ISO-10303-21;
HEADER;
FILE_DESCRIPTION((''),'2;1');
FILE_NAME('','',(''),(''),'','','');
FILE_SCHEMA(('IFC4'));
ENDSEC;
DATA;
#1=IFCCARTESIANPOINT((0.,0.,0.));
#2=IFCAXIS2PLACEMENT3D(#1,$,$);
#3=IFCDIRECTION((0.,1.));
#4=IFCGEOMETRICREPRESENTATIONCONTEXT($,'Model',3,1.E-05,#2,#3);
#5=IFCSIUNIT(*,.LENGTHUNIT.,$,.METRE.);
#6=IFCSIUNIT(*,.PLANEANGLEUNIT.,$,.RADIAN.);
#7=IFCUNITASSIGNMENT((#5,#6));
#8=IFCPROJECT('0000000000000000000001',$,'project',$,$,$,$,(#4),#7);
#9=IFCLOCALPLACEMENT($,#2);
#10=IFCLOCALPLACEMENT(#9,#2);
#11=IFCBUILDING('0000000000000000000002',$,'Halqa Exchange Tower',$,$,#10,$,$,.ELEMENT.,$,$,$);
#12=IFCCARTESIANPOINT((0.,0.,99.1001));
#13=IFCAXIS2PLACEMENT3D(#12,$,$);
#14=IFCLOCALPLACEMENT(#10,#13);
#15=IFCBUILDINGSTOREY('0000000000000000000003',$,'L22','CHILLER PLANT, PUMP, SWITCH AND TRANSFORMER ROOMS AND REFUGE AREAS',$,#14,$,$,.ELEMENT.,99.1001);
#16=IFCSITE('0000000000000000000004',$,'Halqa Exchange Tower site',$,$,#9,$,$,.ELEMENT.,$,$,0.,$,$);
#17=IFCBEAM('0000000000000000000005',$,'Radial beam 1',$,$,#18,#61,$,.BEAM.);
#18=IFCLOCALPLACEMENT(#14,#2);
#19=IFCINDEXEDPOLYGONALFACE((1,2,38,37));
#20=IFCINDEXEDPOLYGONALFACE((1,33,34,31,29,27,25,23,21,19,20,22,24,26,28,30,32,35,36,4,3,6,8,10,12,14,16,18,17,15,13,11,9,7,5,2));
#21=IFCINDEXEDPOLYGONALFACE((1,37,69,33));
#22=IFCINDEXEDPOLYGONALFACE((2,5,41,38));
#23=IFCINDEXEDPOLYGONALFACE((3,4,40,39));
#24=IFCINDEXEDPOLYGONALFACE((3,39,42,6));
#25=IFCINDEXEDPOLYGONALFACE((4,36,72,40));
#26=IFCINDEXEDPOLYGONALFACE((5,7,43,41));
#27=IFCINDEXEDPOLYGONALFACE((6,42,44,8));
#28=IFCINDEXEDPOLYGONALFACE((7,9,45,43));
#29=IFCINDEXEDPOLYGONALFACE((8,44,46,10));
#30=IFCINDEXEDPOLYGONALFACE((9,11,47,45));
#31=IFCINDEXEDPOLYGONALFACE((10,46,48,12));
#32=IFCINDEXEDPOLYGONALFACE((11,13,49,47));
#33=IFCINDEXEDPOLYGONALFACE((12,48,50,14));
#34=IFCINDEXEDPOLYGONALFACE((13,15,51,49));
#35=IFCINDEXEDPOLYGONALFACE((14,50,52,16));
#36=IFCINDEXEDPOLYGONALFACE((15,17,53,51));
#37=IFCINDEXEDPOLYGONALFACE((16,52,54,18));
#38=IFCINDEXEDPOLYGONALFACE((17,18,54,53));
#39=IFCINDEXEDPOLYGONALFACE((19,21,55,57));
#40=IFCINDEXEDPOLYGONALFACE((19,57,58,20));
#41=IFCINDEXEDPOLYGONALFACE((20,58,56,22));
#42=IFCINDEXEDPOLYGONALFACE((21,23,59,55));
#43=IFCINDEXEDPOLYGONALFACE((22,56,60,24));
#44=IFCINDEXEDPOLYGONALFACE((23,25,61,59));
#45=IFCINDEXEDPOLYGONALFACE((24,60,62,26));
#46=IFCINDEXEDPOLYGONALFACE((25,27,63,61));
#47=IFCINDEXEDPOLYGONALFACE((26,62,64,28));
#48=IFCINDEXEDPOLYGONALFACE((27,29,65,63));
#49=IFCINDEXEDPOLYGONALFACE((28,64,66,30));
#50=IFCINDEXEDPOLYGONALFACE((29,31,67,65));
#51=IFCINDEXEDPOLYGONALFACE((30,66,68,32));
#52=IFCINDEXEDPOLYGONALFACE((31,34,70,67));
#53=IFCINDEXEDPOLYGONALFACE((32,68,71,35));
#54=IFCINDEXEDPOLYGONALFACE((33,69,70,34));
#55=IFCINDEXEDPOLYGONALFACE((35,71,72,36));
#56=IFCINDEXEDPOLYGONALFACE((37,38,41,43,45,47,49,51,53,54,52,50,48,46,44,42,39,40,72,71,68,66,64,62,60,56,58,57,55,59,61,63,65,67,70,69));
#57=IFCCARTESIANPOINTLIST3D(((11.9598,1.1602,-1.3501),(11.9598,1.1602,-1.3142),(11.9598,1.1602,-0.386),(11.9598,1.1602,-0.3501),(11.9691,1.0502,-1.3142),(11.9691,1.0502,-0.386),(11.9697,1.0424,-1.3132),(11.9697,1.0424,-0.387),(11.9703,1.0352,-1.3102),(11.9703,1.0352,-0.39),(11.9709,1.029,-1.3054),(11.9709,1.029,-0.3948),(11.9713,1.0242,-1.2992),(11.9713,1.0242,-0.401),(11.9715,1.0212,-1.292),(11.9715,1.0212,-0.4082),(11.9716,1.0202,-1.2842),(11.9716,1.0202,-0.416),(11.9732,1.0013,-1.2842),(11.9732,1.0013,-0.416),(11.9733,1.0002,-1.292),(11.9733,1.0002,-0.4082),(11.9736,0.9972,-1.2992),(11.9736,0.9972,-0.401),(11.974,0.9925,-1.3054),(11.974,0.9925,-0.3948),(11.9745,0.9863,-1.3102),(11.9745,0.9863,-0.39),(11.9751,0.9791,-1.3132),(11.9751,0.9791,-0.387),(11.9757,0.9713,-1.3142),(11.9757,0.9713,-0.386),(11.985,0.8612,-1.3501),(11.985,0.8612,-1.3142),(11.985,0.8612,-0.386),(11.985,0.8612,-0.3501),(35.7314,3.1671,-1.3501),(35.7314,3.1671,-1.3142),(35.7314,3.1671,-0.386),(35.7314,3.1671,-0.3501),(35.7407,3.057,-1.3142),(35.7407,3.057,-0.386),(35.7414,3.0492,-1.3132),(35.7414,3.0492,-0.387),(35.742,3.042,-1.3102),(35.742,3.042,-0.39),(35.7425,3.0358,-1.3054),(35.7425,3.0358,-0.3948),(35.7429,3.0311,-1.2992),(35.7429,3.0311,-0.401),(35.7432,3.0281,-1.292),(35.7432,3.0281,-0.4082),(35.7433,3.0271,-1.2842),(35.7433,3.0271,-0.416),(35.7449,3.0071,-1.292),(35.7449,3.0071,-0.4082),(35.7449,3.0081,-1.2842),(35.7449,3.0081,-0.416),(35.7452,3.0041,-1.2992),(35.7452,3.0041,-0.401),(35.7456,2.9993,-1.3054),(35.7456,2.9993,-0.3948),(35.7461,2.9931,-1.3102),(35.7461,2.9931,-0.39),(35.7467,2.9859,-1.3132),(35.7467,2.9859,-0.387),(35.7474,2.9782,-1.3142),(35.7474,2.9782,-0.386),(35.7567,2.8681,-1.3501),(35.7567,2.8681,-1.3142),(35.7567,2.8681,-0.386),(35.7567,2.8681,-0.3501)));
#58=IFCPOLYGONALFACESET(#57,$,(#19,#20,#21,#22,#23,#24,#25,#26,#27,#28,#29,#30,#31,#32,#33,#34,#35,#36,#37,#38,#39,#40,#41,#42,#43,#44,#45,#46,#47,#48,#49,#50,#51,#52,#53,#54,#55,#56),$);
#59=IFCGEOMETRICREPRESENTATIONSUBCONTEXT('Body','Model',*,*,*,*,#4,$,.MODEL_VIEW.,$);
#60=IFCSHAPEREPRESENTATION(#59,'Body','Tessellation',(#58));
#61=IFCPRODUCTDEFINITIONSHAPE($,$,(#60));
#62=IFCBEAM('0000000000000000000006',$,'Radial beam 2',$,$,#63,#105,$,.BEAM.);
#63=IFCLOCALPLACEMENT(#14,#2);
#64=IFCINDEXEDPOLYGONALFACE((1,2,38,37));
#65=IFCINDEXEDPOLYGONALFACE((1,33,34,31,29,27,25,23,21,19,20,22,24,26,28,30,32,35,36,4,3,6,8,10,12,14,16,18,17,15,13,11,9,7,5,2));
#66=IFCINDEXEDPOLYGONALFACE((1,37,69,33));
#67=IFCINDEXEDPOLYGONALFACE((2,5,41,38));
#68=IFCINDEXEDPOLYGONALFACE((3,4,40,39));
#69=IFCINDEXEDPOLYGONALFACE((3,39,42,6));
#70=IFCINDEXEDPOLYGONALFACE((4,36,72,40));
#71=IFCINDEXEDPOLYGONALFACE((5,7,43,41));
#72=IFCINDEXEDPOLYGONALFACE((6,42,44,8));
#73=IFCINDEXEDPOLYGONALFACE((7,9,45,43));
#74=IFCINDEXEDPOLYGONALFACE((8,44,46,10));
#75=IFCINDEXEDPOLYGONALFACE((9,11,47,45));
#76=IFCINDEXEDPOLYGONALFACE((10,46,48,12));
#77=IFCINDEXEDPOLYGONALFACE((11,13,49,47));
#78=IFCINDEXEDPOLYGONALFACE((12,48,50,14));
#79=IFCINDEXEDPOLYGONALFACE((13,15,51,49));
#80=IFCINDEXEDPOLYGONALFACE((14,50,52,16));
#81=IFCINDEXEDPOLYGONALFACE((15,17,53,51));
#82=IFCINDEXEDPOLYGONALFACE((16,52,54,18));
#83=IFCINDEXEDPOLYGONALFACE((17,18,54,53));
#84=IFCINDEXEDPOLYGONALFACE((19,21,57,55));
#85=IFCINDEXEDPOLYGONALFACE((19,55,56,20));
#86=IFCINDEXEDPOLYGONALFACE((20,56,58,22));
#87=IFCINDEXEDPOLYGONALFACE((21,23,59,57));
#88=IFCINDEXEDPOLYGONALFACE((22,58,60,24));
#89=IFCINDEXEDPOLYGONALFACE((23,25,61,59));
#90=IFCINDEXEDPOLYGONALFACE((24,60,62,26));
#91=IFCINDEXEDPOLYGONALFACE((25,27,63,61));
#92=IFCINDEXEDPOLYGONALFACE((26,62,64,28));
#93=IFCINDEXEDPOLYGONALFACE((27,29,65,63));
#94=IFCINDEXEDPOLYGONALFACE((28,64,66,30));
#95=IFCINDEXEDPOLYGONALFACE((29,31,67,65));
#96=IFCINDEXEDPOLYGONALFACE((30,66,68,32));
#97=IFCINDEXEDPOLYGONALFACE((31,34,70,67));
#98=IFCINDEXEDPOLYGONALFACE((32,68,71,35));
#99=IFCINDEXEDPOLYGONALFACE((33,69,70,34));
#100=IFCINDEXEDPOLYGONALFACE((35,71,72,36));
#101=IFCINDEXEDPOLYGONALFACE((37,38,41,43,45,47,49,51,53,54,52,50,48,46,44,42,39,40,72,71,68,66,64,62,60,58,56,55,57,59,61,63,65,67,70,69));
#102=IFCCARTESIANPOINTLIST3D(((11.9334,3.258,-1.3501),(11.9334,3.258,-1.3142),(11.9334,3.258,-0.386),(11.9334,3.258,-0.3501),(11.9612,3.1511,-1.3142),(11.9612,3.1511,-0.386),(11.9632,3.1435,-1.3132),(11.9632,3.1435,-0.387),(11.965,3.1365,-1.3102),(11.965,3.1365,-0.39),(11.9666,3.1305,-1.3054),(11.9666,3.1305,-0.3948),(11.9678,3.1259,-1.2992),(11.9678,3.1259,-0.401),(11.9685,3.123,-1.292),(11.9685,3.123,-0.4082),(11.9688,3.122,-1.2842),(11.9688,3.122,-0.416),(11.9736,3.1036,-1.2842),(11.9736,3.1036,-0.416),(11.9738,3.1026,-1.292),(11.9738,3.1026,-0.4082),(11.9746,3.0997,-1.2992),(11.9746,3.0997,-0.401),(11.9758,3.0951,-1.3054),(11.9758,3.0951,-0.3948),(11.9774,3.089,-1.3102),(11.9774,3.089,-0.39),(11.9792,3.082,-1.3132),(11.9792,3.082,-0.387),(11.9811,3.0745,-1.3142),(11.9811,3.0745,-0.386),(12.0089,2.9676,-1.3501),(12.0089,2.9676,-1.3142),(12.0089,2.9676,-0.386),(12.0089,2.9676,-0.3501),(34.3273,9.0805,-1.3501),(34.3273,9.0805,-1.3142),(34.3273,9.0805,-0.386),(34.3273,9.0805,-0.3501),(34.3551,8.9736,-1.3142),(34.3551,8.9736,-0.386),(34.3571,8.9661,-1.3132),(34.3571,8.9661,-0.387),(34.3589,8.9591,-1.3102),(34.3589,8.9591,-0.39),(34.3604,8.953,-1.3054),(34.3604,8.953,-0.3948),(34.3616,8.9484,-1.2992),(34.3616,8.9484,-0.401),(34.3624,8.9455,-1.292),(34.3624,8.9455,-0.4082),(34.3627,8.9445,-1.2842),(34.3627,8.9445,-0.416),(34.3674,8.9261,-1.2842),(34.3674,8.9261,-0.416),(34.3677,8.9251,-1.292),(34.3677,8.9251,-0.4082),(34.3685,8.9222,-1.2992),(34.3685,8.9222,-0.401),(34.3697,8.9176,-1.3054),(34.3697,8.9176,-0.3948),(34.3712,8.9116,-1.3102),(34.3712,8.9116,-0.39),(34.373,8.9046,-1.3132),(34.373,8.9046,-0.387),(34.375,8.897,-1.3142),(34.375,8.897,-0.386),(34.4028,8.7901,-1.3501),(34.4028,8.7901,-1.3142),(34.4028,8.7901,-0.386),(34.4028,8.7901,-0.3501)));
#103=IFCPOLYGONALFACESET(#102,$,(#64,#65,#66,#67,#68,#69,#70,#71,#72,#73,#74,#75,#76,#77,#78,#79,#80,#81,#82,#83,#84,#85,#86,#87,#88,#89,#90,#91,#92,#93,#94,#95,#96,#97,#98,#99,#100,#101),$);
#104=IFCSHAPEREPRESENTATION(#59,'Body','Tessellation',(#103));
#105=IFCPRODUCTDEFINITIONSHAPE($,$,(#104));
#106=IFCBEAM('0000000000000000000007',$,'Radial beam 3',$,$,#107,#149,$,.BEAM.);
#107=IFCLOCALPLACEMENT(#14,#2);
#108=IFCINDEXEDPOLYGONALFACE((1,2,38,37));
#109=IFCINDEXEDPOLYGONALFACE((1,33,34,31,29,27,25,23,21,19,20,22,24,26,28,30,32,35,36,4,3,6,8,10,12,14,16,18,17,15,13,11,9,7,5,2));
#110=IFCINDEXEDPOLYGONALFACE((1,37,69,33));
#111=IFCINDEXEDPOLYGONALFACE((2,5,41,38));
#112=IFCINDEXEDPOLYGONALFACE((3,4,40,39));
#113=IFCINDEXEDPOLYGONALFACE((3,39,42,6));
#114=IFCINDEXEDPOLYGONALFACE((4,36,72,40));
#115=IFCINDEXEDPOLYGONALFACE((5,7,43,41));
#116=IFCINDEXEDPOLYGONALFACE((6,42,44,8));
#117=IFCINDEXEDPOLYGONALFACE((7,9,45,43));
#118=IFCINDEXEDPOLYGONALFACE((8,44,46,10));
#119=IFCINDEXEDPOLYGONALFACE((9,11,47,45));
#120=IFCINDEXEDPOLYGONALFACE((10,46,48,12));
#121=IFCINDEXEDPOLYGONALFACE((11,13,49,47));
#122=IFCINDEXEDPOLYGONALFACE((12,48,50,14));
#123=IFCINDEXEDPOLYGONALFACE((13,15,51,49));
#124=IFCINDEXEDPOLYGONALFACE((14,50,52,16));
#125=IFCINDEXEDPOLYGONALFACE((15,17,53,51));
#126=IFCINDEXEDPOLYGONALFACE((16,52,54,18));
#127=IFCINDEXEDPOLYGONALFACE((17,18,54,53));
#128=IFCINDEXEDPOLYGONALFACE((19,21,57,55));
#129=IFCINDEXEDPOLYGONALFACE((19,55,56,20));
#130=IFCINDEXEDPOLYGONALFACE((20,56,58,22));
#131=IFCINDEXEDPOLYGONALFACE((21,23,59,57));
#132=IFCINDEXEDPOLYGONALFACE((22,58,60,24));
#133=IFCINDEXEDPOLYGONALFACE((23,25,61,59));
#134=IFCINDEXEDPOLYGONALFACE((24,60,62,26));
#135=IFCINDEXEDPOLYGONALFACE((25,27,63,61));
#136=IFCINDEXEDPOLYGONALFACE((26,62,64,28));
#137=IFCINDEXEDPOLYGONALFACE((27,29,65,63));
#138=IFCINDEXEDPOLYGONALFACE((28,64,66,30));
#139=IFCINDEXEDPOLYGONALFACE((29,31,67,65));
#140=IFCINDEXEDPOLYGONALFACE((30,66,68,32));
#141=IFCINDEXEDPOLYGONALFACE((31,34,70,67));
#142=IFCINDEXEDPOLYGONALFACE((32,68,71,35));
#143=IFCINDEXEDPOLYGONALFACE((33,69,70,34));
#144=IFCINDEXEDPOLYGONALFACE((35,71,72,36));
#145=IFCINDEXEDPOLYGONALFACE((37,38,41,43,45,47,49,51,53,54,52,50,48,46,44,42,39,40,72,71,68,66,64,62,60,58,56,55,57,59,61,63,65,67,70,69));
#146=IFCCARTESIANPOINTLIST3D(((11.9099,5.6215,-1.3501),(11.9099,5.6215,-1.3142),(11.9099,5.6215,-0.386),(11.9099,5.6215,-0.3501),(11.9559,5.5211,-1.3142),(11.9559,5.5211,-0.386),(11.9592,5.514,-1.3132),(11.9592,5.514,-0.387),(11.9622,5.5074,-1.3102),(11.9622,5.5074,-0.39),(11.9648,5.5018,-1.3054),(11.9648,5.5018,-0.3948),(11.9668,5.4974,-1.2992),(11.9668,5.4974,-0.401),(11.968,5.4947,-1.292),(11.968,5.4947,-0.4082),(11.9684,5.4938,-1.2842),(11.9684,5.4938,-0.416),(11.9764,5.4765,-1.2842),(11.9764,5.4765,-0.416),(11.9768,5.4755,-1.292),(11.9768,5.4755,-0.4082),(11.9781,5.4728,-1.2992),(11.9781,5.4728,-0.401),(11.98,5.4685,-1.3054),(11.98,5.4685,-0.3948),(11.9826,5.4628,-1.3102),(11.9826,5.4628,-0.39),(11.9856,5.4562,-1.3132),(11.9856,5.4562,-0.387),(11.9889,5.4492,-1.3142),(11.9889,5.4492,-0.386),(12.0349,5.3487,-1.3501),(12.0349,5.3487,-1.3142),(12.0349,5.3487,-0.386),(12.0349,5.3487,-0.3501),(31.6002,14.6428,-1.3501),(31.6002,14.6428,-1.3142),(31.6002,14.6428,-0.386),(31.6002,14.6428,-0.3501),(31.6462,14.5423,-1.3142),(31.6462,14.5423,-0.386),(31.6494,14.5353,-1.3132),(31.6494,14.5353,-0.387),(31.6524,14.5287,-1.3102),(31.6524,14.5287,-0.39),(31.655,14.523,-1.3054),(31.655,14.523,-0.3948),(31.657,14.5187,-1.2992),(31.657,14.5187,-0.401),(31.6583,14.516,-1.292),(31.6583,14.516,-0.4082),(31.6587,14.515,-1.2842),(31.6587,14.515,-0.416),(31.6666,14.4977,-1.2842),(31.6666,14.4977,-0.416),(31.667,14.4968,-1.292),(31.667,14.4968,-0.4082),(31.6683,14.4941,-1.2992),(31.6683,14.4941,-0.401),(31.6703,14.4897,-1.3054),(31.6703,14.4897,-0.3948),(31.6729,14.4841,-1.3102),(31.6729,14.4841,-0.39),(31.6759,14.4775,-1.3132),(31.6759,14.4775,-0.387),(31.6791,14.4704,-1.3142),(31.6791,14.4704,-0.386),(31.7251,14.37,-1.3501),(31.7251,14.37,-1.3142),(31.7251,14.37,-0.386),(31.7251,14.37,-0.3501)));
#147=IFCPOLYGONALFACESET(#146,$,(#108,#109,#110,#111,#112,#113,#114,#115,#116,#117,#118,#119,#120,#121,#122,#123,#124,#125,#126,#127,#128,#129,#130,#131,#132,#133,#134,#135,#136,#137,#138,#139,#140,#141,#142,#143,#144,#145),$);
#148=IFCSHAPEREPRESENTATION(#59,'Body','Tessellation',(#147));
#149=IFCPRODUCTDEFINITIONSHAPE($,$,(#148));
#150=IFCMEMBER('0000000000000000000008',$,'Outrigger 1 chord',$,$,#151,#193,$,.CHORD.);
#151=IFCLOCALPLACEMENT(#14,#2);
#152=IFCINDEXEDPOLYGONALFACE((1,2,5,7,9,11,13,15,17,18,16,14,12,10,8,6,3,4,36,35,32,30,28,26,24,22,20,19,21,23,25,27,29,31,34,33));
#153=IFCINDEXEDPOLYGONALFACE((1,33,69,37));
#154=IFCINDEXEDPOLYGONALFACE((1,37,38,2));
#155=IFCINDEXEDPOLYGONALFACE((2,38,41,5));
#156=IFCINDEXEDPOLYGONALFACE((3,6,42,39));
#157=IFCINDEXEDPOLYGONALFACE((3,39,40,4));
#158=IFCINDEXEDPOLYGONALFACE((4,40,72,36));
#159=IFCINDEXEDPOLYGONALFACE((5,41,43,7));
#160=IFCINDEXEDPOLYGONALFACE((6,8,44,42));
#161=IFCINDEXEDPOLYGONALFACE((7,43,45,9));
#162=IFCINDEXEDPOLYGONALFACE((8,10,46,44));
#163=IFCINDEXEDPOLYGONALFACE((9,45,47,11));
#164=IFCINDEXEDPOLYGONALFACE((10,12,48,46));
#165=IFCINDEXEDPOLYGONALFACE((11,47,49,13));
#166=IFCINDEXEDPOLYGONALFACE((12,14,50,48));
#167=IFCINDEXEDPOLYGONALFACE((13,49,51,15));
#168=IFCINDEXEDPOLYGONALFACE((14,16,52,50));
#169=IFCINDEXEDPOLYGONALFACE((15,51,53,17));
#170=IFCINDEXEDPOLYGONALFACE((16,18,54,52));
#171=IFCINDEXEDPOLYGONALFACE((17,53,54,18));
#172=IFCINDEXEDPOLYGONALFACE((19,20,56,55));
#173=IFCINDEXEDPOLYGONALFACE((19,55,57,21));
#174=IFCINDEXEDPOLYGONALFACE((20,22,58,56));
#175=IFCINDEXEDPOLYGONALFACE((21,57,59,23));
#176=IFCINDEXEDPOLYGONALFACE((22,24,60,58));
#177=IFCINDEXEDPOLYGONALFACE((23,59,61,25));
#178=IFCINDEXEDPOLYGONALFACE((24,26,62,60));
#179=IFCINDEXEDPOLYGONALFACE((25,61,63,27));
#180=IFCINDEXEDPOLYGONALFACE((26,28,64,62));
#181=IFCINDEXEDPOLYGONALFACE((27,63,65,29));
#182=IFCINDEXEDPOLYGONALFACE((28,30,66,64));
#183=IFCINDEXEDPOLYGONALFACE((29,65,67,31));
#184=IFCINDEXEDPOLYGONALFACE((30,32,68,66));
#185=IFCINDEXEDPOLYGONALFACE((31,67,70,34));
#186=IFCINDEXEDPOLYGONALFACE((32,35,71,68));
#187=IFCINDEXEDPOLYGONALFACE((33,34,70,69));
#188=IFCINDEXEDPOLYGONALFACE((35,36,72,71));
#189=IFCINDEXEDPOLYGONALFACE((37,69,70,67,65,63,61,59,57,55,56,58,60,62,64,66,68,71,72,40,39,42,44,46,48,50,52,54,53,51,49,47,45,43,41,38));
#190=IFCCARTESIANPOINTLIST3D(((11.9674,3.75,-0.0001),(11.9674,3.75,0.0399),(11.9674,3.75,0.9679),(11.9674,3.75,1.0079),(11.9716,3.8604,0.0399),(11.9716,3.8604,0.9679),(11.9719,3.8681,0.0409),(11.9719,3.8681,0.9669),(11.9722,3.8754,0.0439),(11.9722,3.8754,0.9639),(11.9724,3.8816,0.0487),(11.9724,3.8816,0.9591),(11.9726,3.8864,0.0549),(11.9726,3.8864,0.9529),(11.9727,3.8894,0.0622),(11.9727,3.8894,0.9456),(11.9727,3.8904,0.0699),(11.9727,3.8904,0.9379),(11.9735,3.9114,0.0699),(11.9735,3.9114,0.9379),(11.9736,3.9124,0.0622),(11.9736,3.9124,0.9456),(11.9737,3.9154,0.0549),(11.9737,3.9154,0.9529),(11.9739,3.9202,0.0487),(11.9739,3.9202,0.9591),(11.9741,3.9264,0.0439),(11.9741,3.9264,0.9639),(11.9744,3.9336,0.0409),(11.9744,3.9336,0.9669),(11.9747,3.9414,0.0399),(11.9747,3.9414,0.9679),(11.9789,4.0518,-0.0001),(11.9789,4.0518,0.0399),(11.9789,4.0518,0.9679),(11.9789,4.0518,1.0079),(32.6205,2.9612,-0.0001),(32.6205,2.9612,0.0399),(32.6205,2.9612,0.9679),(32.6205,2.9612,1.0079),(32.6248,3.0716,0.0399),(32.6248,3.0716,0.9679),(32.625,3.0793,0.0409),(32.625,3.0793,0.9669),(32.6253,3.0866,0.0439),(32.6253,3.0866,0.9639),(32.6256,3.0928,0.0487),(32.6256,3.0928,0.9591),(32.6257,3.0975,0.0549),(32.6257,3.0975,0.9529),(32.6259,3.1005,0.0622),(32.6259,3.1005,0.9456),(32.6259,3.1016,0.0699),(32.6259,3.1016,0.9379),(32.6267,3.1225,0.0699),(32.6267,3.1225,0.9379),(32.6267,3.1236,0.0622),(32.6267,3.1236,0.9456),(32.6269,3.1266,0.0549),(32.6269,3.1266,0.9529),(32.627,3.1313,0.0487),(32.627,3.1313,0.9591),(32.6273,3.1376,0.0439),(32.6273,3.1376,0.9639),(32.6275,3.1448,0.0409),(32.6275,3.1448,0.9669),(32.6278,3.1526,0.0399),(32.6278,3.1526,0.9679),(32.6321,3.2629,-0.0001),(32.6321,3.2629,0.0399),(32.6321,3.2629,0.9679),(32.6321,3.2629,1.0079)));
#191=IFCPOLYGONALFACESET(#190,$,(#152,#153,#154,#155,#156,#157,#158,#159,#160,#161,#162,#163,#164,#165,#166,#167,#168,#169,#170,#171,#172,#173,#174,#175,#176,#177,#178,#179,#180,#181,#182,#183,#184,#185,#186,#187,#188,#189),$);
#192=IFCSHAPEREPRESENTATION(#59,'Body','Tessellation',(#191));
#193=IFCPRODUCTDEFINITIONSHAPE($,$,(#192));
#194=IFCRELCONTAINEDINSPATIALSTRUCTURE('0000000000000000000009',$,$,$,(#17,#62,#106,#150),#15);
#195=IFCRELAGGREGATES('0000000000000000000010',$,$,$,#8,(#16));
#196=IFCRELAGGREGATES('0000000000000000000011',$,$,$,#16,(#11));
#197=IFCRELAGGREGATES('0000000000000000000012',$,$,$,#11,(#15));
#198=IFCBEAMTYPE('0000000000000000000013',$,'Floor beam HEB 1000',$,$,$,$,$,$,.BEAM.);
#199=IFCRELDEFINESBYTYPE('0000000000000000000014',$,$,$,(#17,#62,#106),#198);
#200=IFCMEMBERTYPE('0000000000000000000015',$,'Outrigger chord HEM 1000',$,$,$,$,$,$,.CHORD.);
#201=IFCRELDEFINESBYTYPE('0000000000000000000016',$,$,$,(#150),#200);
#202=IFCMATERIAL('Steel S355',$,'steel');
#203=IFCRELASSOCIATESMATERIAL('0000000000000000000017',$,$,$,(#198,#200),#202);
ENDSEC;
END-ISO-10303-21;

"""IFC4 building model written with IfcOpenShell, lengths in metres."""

from ifc_helpers import new_model, si_unit, direction, frame, origin, origin_2d, place, context, subcontext, project, spatial, i_section, extrude, material, material_profile, profile_set, type_object, element, save


model = new_model("IFC4")

# Units and contexts
model_context = context("Model", 3, precision=1e-05, world=origin(), true_north=direction((0.0, 1.0)))
body_context = subcontext(model_context, "Body", "Model", "MODEL_VIEW")
ifc_project = project(units=[si_unit("LENGTHUNIT", "METRE"), si_unit("PLANEANGLEUNIT", "RADIAN")], contexts=[model_context])

# Site, building, storey
site_placement = place(None, origin())
site = spatial("IfcSite", under=ifc_project, at=site_placement, Name="Halqa Exchange Tower site", CompositionType="ELEMENT", RefElevation=0.0)
building_placement = place(site_placement, origin())
building = spatial("IfcBuilding", under=site, at=building_placement, Name="Halqa Exchange Tower", CompositionType="ELEMENT")
storey_placement = place(building_placement, frame((0.0, 0.0, 99.1001)))
storey = spatial("IfcBuildingStorey", under=building, at=storey_placement, Name="L22", Description="CHILLER PLANT, PUMP, SWITCH AND TRANSFORMER ROOMS AND REFUGE AREAS", CompositionType="ELEMENT", Elevation=99.1001)

# Beams
ifc_material_1 = material(Name="Steel S355", Category="steel")
ifc_material_profile_1 = material_profile(ifc_material_1, i_section(OverallWidth=0.3, OverallDepth=1.0, WebThickness=0.019, FlangeThickness=0.0359, FilletRadius=0.03, at=origin_2d()), Name="HEB 1000")
ifc_profile_set_1 = profile_set([ifc_material_profile_1], Name="Steel S355")
beam_type = type_object("IfcBeamType", Name="Floor beam HEB 1000", PredefinedType="BEAM", material=ifc_profile_set_1)
beam_1_placement = place(storey_placement, frame((11.9724, 1.0107, -0.8501), z_axis=(0.996455, 0.084122, 0.0), x_axis=(-0.084122, 0.996455, 0.0)))
element("IfcBeam", 1, at=beam_1_placement, inside=storey, type_object=beam_type, Name="Radial beam 1", PredefinedType="BEAM", context=body_context, shape_type="SweptSolid", body=[
    extrude(i_section(OverallWidth=0.3, OverallDepth=1.0, WebThickness=0.019, FlangeThickness=0.0359, FilletRadius=0.03, at=origin_2d()), origin(), (0.0, 0.0, 1.0), 23.8562),
])
beam_2_placement = place(storey_placement, frame((11.9712, 3.1128, -0.8501), z_axis=(0.967821, 0.251639, 0.0), x_axis=(-0.251639, 0.967821, 0.0)))
element("IfcBeam", 2, at=beam_2_placement, inside=storey, type_object=beam_type, Name="Radial beam 2", PredefinedType="BEAM", context=body_context, shape_type="SweptSolid", body=[
    extrude(i_section(OverallWidth=0.3, OverallDepth=1.0, WebThickness=0.019, FlangeThickness=0.0359, FilletRadius=0.03, at=origin_2d()), origin(), (0.0, 0.0, 1.0), 23.1384),
])
beam_3_placement = place(storey_placement, frame((11.9724, 5.4851, -0.8501), z_axis=(0.909125, 0.416524, 0.0), x_axis=(-0.416524, 0.909125, 0.0)))
element("IfcBeam", 3, at=beam_3_placement, inside=storey, type_object=beam_type, Name="Radial beam 3", PredefinedType="BEAM", context=body_context, shape_type="SweptSolid", body=[
    extrude(i_section(OverallWidth=0.3, OverallDepth=1.0, WebThickness=0.019, FlangeThickness=0.0359, FilletRadius=0.03, at=origin_2d()), origin(), (0.0, 0.0, 1.0), 21.6584),
])

# Member
ifc_material_profile_2 = material_profile(ifc_material_1, i_section(OverallWidth=0.302, OverallDepth=1.0081, WebThickness=0.021, FlangeThickness=0.04, FilletRadius=0.03, at=origin_2d()), Name="HEM 1000")
ifc_profile_set_2 = profile_set([ifc_material_profile_2], Name="Steel S355")
member_type_1 = type_object("IfcMemberType", Name="Outrigger chord HEM 1000", PredefinedType="CHORD", material=ifc_profile_set_2)
member_1_placement = place(storey_placement, frame((11.9731, 3.9009, 0.5039), z_axis=(0.999271, -0.038166, 0.0), x_axis=(0.038166, 0.999271, 0.0)))
element("IfcMember", 4, at=member_1_placement, inside=storey, type_object=member_type_1, Name="Outrigger 1 chord", PredefinedType="CHORD", context=body_context, shape_type="SweptSolid", body=[
    extrude(i_section(OverallWidth=0.302, OverallDepth=1.0081, WebThickness=0.021, FlangeThickness=0.04, FilletRadius=0.03, at=origin_2d()), origin(), (0.0, 0.0, 1.0), 20.6682),
])

save(model, "model.ifc")
